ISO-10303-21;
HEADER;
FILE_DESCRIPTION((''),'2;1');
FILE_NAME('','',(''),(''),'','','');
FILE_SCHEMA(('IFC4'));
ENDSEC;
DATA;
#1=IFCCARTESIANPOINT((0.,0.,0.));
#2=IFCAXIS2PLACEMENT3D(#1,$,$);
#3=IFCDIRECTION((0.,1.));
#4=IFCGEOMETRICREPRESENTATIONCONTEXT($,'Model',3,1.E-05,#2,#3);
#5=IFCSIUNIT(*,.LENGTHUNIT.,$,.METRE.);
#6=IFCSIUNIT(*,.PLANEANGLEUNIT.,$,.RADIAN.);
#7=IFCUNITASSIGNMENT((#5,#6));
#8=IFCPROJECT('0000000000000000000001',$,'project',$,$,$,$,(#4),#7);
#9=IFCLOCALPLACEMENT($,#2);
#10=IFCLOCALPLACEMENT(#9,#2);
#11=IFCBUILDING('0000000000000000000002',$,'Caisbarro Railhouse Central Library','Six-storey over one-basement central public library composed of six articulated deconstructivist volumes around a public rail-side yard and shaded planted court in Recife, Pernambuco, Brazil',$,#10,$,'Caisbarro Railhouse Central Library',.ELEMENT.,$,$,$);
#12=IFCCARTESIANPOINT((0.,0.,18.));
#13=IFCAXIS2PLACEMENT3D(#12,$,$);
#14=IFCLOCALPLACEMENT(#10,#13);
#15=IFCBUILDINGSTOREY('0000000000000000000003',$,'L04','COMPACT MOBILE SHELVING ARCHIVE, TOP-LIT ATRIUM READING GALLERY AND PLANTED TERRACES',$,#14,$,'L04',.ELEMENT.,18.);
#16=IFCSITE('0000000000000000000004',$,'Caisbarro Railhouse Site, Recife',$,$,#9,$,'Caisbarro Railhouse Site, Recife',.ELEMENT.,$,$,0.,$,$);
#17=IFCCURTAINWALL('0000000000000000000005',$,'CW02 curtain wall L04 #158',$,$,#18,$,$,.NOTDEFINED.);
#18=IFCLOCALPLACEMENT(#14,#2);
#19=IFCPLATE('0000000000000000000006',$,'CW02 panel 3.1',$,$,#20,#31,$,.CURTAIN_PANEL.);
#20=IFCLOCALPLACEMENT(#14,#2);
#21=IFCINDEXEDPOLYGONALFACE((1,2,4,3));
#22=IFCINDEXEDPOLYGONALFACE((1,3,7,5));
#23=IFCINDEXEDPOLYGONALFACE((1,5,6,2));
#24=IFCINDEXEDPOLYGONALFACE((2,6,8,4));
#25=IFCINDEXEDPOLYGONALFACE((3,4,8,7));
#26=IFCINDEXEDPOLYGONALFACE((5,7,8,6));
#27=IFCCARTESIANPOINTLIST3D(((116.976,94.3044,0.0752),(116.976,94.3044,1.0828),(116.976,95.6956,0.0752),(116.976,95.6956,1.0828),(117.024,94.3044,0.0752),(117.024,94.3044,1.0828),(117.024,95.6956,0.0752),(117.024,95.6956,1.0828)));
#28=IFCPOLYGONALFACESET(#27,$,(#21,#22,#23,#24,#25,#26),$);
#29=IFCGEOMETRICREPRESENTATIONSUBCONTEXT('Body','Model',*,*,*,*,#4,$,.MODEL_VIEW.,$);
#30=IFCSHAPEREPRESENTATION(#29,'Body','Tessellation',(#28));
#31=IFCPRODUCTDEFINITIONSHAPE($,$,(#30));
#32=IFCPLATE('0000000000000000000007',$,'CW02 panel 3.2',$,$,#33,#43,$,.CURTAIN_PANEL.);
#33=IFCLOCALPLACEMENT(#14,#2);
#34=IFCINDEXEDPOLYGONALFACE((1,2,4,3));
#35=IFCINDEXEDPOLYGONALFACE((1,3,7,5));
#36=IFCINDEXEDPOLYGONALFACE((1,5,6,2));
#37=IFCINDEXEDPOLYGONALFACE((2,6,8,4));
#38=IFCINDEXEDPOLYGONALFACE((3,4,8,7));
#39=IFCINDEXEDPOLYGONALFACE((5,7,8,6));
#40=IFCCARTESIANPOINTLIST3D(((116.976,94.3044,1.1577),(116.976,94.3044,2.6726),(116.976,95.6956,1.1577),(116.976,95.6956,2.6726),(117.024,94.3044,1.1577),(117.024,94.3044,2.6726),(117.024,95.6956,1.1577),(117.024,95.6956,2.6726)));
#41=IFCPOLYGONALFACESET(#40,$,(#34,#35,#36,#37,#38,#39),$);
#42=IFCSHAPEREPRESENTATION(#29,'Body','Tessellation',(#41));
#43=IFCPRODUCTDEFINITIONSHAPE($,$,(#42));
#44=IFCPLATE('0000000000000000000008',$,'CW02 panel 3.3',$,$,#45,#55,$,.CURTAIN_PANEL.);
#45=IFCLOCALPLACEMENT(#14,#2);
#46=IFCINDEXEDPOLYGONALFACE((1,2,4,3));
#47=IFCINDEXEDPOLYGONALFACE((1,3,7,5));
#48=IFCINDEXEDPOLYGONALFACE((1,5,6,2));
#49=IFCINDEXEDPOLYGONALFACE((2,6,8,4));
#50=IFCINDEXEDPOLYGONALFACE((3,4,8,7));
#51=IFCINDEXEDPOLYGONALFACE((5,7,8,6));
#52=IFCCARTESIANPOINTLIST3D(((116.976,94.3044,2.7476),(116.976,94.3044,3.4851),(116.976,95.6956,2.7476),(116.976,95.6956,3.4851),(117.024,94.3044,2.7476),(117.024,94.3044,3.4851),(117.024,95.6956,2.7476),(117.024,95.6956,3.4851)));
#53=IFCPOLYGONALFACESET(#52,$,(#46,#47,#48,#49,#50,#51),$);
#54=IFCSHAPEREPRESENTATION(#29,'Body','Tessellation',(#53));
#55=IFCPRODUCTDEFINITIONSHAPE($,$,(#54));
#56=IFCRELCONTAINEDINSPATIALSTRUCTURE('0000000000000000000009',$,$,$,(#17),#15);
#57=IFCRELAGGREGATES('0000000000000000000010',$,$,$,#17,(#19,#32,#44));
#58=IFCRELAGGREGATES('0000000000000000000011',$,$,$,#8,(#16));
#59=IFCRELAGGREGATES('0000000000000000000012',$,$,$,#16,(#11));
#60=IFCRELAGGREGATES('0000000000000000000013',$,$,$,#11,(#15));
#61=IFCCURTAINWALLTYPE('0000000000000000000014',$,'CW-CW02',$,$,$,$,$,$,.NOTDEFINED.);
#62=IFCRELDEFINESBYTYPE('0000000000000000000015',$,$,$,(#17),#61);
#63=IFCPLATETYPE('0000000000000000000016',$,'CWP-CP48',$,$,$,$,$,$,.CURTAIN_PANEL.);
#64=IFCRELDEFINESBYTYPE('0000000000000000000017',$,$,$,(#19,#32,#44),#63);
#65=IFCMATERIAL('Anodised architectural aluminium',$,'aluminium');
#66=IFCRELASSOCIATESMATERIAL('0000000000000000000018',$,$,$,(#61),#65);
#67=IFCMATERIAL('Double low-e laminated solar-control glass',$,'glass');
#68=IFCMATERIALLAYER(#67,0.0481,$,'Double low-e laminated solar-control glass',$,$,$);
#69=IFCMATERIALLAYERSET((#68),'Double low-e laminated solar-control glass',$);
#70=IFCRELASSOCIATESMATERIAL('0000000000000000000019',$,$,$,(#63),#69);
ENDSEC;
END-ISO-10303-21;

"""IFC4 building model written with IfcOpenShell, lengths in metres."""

from ifc_helpers import new_model, si_unit, direction, frame, origin, origin_2d, place, context, subcontext, project, spatial, rectangle, extrude, material, layer, layer_set, type_object, element, aggregate, save


model = new_model("IFC4")

# Units and contexts
model_context = context("Model", 3, precision=1e-05, world=origin(), true_north=direction((0.0, 1.0)))
body_context = subcontext(model_context, "Body", "Model", "MODEL_VIEW")
ifc_project = project(units=[si_unit("LENGTHUNIT", "METRE"), si_unit("PLANEANGLEUNIT", "RADIAN")], contexts=[model_context])

# Site, building, storey
site_placement = place(None, origin())
site = spatial("IfcSite", under=ifc_project, at=site_placement, Name="Caisbarro Railhouse Site, Recife", LongName="Caisbarro Railhouse Site, Recife", CompositionType="ELEMENT", RefElevation=0.0)
building_placement = place(site_placement, origin())
building = spatial("IfcBuilding", under=site, at=building_placement, Name="Caisbarro Railhouse Central Library", Description="Six-storey over one-basement central public library composed of six articulated deconstructivist volumes around a public rail-side yard and shaded planted court in Recife, Pernambuco, Brazil", LongName="Caisbarro Railhouse Central Library", CompositionType="ELEMENT")
storey_placement = place(building_placement, frame((0.0, 0.0, 18.0)))
storey = spatial("IfcBuildingStorey", under=building, at=storey_placement, Name="L04", Description="COMPACT MOBILE SHELVING ARCHIVE, TOP-LIT ATRIUM READING GALLERY AND PLANTED TERRACES", LongName="L04", CompositionType="ELEMENT", Elevation=18.0)

# Shared definitions
ifc_material_1 = material(Name="Anodised architectural aluminium", Category="aluminium")
curtain_wall_type = type_object("IfcCurtainWallType", Name="CW-CW02", PredefinedType="NOTDEFINED", material=ifc_material_1)

# Curtain wall
curtain_wall_1_placement = place(storey_placement, origin())
curtain_wall_1 = element("IfcCurtainWall", 1, at=curtain_wall_1_placement, inside=storey, type_object=curtain_wall_type, Name="CW02 curtain wall L04 #158", PredefinedType="NOTDEFINED")

# Plates
ifc_material_2 = material(Name="Double low-e laminated solar-control glass", Category="glass")
ifc_layer_1 = layer(ifc_material_2, 0.0481, Name="Double low-e laminated solar-control glass")
ifc_layer_set_1 = layer_set([ifc_layer_1], Name="Double low-e laminated solar-control glass")
plate_type_1 = type_object("IfcPlateType", Name="CWP-CP48", PredefinedType="CURTAIN_PANEL", material=ifc_layer_set_1)
plate_1_placement = place(storey_placement, frame((117.0, 95.0, 0.0752), z_axis=(0.0, 0.0, 1.0), x_axis=(0.0, 1.0, 0.0)))
plate_1 = element("IfcPlate", 2, at=plate_1_placement, type_object=plate_type_1, Name="CW02 panel 3.1", PredefinedType="CURTAIN_PANEL", context=body_context, shape_type="SweptSolid", body=[
    extrude(rectangle(XDim=1.3911, YDim=0.0481, at=origin_2d()), origin(), (0.0, 0.0, 1.0), 1.0076),
])
plate_2_placement = place(storey_placement, frame((117.0, 95.0, 1.1577), z_axis=(0.0, 0.0, 1.0), x_axis=(0.0, 1.0, 0.0)))
plate_2 = element("IfcPlate", 3, at=plate_2_placement, type_object=plate_type_1, Name="CW02 panel 3.2", PredefinedType="CURTAIN_PANEL", context=body_context, shape_type="SweptSolid", body=[
    extrude(rectangle(XDim=1.3911, YDim=0.0481, at=origin_2d()), origin(), (0.0, 0.0, 1.0), 1.5149),
])
plate_3_placement = place(storey_placement, frame((117.0, 95.0, 2.7476), z_axis=(0.0, 0.0, 1.0), x_axis=(0.0, 1.0, 0.0)))
plate_3 = element("IfcPlate", 4, at=plate_3_placement, type_object=plate_type_1, Name="CW02 panel 3.3", PredefinedType="CURTAIN_PANEL", context=body_context, shape_type="SweptSolid", body=[
    extrude(rectangle(XDim=1.3911, YDim=0.0481, at=origin_2d()), origin(), (0.0, 0.0, 1.0), 0.7375),
])
aggregate(curtain_wall_1, [plate_1, plate_2, plate_3])

save(model, "model.ifc")
